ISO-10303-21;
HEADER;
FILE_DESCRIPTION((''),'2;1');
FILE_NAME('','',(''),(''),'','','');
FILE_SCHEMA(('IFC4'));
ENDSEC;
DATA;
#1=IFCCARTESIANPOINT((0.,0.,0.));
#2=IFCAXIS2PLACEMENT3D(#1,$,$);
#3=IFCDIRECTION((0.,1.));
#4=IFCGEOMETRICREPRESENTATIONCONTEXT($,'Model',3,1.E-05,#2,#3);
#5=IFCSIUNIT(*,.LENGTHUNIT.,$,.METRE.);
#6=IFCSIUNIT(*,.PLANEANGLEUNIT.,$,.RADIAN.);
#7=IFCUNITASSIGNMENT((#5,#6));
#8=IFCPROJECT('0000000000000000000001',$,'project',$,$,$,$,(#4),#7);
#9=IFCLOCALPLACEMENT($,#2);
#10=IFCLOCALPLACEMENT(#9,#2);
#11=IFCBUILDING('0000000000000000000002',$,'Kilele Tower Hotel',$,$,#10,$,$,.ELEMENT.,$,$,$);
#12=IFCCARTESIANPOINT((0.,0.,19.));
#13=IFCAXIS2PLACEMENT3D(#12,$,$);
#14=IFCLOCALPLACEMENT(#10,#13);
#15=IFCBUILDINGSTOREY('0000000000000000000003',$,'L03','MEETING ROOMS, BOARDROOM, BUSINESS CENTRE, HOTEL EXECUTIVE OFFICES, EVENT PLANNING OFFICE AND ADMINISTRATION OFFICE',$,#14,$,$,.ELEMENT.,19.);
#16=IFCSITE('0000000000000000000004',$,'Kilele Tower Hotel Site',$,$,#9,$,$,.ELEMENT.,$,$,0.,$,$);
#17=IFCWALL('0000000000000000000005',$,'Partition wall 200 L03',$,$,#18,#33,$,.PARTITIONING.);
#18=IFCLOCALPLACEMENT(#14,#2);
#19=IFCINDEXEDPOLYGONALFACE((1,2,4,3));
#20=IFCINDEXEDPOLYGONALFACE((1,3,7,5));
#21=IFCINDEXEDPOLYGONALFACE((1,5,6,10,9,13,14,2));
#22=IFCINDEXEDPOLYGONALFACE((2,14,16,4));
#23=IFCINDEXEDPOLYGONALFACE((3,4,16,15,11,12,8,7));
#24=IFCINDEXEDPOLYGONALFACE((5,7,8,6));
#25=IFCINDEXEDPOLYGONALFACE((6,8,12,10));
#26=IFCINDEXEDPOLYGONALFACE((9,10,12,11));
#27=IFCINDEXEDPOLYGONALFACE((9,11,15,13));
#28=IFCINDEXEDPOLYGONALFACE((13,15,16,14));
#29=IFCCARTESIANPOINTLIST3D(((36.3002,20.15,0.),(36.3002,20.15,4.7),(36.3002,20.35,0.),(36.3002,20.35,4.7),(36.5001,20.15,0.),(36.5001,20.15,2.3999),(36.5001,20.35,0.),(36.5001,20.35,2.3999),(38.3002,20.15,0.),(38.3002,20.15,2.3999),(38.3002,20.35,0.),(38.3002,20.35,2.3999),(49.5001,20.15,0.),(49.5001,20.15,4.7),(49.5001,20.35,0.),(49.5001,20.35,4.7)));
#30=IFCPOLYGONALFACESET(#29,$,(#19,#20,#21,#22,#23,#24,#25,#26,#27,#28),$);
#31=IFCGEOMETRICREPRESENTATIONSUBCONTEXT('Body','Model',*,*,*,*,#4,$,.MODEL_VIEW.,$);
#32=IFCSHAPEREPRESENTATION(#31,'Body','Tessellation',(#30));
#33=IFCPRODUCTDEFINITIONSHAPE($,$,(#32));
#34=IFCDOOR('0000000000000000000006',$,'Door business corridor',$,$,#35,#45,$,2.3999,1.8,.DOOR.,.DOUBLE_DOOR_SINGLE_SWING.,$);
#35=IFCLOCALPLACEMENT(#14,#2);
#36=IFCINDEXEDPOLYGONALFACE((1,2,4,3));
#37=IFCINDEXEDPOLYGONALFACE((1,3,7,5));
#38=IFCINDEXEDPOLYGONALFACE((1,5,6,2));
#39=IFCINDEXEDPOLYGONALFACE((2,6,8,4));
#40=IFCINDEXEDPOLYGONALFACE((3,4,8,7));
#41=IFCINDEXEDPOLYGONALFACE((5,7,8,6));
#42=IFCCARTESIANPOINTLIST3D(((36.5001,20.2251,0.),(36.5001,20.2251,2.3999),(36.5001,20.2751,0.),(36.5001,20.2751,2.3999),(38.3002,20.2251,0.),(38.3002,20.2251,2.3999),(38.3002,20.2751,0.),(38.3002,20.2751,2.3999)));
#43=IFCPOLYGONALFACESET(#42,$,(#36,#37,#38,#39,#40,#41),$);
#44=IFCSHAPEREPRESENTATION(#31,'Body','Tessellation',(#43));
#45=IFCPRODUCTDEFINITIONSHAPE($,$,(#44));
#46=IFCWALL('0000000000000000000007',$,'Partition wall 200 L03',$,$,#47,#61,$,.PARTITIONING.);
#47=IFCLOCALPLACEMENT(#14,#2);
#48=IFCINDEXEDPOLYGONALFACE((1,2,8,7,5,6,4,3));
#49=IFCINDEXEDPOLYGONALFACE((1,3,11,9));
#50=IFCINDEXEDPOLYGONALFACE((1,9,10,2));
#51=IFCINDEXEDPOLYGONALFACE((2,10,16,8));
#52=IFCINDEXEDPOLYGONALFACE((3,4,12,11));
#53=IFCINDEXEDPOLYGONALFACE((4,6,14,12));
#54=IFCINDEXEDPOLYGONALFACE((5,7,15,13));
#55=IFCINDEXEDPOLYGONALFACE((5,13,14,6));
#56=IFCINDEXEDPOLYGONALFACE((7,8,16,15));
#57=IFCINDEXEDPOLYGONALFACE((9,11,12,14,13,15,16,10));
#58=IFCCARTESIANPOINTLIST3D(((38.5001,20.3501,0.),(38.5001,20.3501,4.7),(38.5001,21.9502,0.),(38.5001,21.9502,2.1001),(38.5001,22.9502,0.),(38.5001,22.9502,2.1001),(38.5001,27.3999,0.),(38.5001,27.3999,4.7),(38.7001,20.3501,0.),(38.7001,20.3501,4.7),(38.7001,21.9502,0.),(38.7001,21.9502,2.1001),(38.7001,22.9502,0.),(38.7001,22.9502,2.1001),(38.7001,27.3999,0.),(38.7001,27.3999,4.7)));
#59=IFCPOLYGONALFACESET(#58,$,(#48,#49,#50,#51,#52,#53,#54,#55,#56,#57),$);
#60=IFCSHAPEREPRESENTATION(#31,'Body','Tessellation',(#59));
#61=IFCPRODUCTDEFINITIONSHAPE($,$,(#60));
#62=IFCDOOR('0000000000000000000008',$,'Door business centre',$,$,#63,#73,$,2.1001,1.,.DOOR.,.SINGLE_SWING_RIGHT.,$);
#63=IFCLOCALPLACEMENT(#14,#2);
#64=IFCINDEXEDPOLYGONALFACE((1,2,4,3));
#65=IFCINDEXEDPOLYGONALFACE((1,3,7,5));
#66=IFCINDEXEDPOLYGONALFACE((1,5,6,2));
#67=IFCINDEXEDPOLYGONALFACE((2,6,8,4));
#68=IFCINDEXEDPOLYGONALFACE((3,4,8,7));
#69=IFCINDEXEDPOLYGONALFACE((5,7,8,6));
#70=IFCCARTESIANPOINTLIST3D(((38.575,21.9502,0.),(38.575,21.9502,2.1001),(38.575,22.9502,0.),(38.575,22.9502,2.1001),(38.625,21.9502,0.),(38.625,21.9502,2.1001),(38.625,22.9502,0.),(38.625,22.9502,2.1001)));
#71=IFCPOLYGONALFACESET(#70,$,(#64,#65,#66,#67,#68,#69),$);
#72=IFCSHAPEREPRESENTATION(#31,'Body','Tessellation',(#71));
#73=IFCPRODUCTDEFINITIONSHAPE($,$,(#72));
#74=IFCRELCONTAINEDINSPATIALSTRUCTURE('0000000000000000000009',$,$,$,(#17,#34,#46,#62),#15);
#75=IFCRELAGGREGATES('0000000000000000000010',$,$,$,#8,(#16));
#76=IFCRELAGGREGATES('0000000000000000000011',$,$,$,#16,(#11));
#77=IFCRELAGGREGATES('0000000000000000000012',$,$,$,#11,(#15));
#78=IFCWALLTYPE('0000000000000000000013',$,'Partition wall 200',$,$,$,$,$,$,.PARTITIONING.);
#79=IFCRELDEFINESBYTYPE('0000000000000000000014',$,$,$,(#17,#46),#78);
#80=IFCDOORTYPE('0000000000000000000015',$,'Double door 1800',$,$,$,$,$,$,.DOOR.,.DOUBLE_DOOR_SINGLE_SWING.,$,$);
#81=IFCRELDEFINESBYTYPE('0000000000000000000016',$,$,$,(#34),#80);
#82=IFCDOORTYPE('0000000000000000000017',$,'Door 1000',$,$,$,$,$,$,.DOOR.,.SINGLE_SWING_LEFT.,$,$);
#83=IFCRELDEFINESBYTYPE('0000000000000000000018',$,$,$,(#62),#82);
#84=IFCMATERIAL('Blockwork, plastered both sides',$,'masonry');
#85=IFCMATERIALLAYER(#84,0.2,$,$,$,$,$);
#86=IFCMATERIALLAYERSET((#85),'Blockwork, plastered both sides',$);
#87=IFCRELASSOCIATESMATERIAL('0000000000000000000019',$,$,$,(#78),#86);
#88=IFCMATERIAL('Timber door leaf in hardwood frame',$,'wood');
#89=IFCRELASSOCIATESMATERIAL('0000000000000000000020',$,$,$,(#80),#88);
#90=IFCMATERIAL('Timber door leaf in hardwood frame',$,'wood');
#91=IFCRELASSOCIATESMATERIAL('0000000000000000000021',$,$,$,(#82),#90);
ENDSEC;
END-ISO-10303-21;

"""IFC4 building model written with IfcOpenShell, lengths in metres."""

from ifc_helpers import new_model, si_unit, direction, frame, frame_2d, origin, place, context, subcontext, project, spatial, rectangle, extrude, material, layer, layer_set, type_object, element, fill, save


model = new_model("IFC4")

# Units and contexts
model_context = context("Model", 3, precision=1e-05, world=origin(), true_north=direction((0.0, 1.0)))
body_context = subcontext(model_context, "Body", "Model", "MODEL_VIEW")
ifc_project = project(units=[si_unit("LENGTHUNIT", "METRE"), si_unit("PLANEANGLEUNIT", "RADIAN")], contexts=[model_context])

# Site, building, storey
site_placement = place(None, origin())
site = spatial("IfcSite", under=ifc_project, at=site_placement, Name="Kilele Tower Hotel Site", CompositionType="ELEMENT", RefElevation=0.0)
building_placement = place(site_placement, origin())
building = spatial("IfcBuilding", under=site, at=building_placement, Name="Kilele Tower Hotel", CompositionType="ELEMENT")
storey_placement = place(building_placement, frame((0.0, 0.0, 19.0)))
storey = spatial("IfcBuildingStorey", under=building, at=storey_placement, Name="L03", Description="MEETING ROOMS, BOARDROOM, BUSINESS CENTRE, HOTEL EXECUTIVE OFFICES, EVENT PLANNING OFFICE AND ADMINISTRATION OFFICE", CompositionType="ELEMENT", Elevation=19.0)

# Shared definitions
ifc_material_1 = material(Name="Blockwork, plastered both sides", Category="masonry")
ifc_layer_1 = layer(ifc_material_1, 0.2)
ifc_layer_set_1 = layer_set([ifc_layer_1], Name="Blockwork, plastered both sides")
wall_type_1 = type_object("IfcWallType", Name="Partition wall 200", PredefinedType="PARTITIONING", material=ifc_layer_set_1)

# Walls, openings, doors
wall_1_placement = place(storey_placement, frame((36.3, 20.25, 0.0), z_axis=(0.0, 0.0, 1.0), x_axis=(1.0, 0.0, 0.0)))
wall_1 = element("IfcWall", 1, at=wall_1_placement, inside=storey, type_object=wall_type_1, Name="Partition wall 200 L03", PredefinedType="PARTITIONING", context=body_context, shape_type="SweptSolid", body=[
    extrude(rectangle(XDim=13.2, YDim=0.2, at=frame_2d((6.6001, 0.0))), origin(), (0.0, 0.0, 1.0), 4.7),
])
opening_1_placement = place(wall_1_placement, frame((2.0, 0.0, 0.0), z_axis=(0.0, 0.0, 1.0), x_axis=(-1.0, 0.0, 0.0)))
opening_1 = element("IfcOpeningElement", 2, at=opening_1_placement, cuts=wall_1, PredefinedType="OPENING", context=body_context, shape_type="SweptSolid", body=[
    extrude(rectangle(XDim=1.8, YDim=2.3999, at=frame_2d((0.8999, 1.2))), frame((0.0, 0.1099, 0.0), z_axis=(0.0, -1.0, 0.0), x_axis=(1.0, 0.0, 0.0)), (0.0, 0.0, 1.0), 0.22),
])
ifc_material_2 = material(Name="Timber door leaf in hardwood frame", Category="wood")
door_type_1 = type_object("IfcDoorType", Name="Double door 1800", OperationType="DOUBLE_DOOR_SINGLE_SWING", PredefinedType="DOOR", material=ifc_material_2)
door_1_placement = place(opening_1_placement, origin())
door_1 = element("IfcDoor", 3, at=door_1_placement, inside=storey, type_object=door_type_1, Name="Door business corridor", OperationType="DOUBLE_DOOR_SINGLE_SWING", OverallHeight=2.3999, OverallWidth=1.8, PredefinedType="DOOR", context=body_context, shape_type="SweptSolid", body=[
    extrude(rectangle(XDim=1.8, YDim=2.3999, at=frame_2d((0.8999, 1.2))), frame((0.0, 0.0249, 0.0), z_axis=(0.0, -1.0, 0.0), x_axis=(1.0, 0.0, 0.0)), (0.0, 0.0, 1.0), 0.05),
])
fill(opening_1, door_1)
wall_2_placement = place(storey_placement, frame((38.6001, 20.3501, 0.0), z_axis=(0.0, 0.0, 1.0), x_axis=(0.0, 1.0, 0.0)))
wall_2 = element("IfcWall", 4, at=wall_2_placement, inside=storey, type_object=wall_type_1, Name="Partition wall 200 L03", PredefinedType="PARTITIONING", context=body_context, shape_type="SweptSolid", body=[
    extrude(rectangle(XDim=7.0498, YDim=0.2, at=frame_2d((3.5249, 0.0))), origin(), (0.0, 0.0, 1.0), 4.7),
])
opening_2_placement = place(wall_2_placement, frame((2.6001, 0.0, 0.0), z_axis=(0.0, 0.0, 1.0), x_axis=(-1.0, 0.0, 0.0)))
opening_2 = element("IfcOpeningElement", 5, at=opening_2_placement, cuts=wall_2, PredefinedType="OPENING", context=body_context, shape_type="SweptSolid", body=[
    extrude(rectangle(XDim=1.0, YDim=2.1001, at=frame_2d((0.5, 1.05))), frame((0.0, 0.1099, 0.0), z_axis=(0.0, -1.0, 0.0), x_axis=(1.0, 0.0, 0.0)), (0.0, 0.0, 1.0), 0.22),
])
ifc_material_3 = material(Name="Timber door leaf in hardwood frame", Category="wood")
door_type_2 = type_object("IfcDoorType", Name="Door 1000", OperationType="SINGLE_SWING_LEFT", PredefinedType="DOOR", material=ifc_material_3)
door_2_placement = place(opening_2_placement, origin())
door_2 = element("IfcDoor", 6, at=door_2_placement, inside=storey, type_object=door_type_2, Name="Door business centre", OperationType="SINGLE_SWING_RIGHT", OverallHeight=2.1001, OverallWidth=1.0, PredefinedType="DOOR", context=body_context, shape_type="SweptSolid", body=[
    extrude(rectangle(XDim=1.0, YDim=2.1001, at=frame_2d((0.5, 1.05))), frame((0.0, 0.0249, 0.0), z_axis=(0.0, -1.0, 0.0), x_axis=(1.0, 0.0, 0.0)), (0.0, 0.0, 1.0), 0.05),
])
fill(opening_2, door_2)

save(model, "model.ifc")
